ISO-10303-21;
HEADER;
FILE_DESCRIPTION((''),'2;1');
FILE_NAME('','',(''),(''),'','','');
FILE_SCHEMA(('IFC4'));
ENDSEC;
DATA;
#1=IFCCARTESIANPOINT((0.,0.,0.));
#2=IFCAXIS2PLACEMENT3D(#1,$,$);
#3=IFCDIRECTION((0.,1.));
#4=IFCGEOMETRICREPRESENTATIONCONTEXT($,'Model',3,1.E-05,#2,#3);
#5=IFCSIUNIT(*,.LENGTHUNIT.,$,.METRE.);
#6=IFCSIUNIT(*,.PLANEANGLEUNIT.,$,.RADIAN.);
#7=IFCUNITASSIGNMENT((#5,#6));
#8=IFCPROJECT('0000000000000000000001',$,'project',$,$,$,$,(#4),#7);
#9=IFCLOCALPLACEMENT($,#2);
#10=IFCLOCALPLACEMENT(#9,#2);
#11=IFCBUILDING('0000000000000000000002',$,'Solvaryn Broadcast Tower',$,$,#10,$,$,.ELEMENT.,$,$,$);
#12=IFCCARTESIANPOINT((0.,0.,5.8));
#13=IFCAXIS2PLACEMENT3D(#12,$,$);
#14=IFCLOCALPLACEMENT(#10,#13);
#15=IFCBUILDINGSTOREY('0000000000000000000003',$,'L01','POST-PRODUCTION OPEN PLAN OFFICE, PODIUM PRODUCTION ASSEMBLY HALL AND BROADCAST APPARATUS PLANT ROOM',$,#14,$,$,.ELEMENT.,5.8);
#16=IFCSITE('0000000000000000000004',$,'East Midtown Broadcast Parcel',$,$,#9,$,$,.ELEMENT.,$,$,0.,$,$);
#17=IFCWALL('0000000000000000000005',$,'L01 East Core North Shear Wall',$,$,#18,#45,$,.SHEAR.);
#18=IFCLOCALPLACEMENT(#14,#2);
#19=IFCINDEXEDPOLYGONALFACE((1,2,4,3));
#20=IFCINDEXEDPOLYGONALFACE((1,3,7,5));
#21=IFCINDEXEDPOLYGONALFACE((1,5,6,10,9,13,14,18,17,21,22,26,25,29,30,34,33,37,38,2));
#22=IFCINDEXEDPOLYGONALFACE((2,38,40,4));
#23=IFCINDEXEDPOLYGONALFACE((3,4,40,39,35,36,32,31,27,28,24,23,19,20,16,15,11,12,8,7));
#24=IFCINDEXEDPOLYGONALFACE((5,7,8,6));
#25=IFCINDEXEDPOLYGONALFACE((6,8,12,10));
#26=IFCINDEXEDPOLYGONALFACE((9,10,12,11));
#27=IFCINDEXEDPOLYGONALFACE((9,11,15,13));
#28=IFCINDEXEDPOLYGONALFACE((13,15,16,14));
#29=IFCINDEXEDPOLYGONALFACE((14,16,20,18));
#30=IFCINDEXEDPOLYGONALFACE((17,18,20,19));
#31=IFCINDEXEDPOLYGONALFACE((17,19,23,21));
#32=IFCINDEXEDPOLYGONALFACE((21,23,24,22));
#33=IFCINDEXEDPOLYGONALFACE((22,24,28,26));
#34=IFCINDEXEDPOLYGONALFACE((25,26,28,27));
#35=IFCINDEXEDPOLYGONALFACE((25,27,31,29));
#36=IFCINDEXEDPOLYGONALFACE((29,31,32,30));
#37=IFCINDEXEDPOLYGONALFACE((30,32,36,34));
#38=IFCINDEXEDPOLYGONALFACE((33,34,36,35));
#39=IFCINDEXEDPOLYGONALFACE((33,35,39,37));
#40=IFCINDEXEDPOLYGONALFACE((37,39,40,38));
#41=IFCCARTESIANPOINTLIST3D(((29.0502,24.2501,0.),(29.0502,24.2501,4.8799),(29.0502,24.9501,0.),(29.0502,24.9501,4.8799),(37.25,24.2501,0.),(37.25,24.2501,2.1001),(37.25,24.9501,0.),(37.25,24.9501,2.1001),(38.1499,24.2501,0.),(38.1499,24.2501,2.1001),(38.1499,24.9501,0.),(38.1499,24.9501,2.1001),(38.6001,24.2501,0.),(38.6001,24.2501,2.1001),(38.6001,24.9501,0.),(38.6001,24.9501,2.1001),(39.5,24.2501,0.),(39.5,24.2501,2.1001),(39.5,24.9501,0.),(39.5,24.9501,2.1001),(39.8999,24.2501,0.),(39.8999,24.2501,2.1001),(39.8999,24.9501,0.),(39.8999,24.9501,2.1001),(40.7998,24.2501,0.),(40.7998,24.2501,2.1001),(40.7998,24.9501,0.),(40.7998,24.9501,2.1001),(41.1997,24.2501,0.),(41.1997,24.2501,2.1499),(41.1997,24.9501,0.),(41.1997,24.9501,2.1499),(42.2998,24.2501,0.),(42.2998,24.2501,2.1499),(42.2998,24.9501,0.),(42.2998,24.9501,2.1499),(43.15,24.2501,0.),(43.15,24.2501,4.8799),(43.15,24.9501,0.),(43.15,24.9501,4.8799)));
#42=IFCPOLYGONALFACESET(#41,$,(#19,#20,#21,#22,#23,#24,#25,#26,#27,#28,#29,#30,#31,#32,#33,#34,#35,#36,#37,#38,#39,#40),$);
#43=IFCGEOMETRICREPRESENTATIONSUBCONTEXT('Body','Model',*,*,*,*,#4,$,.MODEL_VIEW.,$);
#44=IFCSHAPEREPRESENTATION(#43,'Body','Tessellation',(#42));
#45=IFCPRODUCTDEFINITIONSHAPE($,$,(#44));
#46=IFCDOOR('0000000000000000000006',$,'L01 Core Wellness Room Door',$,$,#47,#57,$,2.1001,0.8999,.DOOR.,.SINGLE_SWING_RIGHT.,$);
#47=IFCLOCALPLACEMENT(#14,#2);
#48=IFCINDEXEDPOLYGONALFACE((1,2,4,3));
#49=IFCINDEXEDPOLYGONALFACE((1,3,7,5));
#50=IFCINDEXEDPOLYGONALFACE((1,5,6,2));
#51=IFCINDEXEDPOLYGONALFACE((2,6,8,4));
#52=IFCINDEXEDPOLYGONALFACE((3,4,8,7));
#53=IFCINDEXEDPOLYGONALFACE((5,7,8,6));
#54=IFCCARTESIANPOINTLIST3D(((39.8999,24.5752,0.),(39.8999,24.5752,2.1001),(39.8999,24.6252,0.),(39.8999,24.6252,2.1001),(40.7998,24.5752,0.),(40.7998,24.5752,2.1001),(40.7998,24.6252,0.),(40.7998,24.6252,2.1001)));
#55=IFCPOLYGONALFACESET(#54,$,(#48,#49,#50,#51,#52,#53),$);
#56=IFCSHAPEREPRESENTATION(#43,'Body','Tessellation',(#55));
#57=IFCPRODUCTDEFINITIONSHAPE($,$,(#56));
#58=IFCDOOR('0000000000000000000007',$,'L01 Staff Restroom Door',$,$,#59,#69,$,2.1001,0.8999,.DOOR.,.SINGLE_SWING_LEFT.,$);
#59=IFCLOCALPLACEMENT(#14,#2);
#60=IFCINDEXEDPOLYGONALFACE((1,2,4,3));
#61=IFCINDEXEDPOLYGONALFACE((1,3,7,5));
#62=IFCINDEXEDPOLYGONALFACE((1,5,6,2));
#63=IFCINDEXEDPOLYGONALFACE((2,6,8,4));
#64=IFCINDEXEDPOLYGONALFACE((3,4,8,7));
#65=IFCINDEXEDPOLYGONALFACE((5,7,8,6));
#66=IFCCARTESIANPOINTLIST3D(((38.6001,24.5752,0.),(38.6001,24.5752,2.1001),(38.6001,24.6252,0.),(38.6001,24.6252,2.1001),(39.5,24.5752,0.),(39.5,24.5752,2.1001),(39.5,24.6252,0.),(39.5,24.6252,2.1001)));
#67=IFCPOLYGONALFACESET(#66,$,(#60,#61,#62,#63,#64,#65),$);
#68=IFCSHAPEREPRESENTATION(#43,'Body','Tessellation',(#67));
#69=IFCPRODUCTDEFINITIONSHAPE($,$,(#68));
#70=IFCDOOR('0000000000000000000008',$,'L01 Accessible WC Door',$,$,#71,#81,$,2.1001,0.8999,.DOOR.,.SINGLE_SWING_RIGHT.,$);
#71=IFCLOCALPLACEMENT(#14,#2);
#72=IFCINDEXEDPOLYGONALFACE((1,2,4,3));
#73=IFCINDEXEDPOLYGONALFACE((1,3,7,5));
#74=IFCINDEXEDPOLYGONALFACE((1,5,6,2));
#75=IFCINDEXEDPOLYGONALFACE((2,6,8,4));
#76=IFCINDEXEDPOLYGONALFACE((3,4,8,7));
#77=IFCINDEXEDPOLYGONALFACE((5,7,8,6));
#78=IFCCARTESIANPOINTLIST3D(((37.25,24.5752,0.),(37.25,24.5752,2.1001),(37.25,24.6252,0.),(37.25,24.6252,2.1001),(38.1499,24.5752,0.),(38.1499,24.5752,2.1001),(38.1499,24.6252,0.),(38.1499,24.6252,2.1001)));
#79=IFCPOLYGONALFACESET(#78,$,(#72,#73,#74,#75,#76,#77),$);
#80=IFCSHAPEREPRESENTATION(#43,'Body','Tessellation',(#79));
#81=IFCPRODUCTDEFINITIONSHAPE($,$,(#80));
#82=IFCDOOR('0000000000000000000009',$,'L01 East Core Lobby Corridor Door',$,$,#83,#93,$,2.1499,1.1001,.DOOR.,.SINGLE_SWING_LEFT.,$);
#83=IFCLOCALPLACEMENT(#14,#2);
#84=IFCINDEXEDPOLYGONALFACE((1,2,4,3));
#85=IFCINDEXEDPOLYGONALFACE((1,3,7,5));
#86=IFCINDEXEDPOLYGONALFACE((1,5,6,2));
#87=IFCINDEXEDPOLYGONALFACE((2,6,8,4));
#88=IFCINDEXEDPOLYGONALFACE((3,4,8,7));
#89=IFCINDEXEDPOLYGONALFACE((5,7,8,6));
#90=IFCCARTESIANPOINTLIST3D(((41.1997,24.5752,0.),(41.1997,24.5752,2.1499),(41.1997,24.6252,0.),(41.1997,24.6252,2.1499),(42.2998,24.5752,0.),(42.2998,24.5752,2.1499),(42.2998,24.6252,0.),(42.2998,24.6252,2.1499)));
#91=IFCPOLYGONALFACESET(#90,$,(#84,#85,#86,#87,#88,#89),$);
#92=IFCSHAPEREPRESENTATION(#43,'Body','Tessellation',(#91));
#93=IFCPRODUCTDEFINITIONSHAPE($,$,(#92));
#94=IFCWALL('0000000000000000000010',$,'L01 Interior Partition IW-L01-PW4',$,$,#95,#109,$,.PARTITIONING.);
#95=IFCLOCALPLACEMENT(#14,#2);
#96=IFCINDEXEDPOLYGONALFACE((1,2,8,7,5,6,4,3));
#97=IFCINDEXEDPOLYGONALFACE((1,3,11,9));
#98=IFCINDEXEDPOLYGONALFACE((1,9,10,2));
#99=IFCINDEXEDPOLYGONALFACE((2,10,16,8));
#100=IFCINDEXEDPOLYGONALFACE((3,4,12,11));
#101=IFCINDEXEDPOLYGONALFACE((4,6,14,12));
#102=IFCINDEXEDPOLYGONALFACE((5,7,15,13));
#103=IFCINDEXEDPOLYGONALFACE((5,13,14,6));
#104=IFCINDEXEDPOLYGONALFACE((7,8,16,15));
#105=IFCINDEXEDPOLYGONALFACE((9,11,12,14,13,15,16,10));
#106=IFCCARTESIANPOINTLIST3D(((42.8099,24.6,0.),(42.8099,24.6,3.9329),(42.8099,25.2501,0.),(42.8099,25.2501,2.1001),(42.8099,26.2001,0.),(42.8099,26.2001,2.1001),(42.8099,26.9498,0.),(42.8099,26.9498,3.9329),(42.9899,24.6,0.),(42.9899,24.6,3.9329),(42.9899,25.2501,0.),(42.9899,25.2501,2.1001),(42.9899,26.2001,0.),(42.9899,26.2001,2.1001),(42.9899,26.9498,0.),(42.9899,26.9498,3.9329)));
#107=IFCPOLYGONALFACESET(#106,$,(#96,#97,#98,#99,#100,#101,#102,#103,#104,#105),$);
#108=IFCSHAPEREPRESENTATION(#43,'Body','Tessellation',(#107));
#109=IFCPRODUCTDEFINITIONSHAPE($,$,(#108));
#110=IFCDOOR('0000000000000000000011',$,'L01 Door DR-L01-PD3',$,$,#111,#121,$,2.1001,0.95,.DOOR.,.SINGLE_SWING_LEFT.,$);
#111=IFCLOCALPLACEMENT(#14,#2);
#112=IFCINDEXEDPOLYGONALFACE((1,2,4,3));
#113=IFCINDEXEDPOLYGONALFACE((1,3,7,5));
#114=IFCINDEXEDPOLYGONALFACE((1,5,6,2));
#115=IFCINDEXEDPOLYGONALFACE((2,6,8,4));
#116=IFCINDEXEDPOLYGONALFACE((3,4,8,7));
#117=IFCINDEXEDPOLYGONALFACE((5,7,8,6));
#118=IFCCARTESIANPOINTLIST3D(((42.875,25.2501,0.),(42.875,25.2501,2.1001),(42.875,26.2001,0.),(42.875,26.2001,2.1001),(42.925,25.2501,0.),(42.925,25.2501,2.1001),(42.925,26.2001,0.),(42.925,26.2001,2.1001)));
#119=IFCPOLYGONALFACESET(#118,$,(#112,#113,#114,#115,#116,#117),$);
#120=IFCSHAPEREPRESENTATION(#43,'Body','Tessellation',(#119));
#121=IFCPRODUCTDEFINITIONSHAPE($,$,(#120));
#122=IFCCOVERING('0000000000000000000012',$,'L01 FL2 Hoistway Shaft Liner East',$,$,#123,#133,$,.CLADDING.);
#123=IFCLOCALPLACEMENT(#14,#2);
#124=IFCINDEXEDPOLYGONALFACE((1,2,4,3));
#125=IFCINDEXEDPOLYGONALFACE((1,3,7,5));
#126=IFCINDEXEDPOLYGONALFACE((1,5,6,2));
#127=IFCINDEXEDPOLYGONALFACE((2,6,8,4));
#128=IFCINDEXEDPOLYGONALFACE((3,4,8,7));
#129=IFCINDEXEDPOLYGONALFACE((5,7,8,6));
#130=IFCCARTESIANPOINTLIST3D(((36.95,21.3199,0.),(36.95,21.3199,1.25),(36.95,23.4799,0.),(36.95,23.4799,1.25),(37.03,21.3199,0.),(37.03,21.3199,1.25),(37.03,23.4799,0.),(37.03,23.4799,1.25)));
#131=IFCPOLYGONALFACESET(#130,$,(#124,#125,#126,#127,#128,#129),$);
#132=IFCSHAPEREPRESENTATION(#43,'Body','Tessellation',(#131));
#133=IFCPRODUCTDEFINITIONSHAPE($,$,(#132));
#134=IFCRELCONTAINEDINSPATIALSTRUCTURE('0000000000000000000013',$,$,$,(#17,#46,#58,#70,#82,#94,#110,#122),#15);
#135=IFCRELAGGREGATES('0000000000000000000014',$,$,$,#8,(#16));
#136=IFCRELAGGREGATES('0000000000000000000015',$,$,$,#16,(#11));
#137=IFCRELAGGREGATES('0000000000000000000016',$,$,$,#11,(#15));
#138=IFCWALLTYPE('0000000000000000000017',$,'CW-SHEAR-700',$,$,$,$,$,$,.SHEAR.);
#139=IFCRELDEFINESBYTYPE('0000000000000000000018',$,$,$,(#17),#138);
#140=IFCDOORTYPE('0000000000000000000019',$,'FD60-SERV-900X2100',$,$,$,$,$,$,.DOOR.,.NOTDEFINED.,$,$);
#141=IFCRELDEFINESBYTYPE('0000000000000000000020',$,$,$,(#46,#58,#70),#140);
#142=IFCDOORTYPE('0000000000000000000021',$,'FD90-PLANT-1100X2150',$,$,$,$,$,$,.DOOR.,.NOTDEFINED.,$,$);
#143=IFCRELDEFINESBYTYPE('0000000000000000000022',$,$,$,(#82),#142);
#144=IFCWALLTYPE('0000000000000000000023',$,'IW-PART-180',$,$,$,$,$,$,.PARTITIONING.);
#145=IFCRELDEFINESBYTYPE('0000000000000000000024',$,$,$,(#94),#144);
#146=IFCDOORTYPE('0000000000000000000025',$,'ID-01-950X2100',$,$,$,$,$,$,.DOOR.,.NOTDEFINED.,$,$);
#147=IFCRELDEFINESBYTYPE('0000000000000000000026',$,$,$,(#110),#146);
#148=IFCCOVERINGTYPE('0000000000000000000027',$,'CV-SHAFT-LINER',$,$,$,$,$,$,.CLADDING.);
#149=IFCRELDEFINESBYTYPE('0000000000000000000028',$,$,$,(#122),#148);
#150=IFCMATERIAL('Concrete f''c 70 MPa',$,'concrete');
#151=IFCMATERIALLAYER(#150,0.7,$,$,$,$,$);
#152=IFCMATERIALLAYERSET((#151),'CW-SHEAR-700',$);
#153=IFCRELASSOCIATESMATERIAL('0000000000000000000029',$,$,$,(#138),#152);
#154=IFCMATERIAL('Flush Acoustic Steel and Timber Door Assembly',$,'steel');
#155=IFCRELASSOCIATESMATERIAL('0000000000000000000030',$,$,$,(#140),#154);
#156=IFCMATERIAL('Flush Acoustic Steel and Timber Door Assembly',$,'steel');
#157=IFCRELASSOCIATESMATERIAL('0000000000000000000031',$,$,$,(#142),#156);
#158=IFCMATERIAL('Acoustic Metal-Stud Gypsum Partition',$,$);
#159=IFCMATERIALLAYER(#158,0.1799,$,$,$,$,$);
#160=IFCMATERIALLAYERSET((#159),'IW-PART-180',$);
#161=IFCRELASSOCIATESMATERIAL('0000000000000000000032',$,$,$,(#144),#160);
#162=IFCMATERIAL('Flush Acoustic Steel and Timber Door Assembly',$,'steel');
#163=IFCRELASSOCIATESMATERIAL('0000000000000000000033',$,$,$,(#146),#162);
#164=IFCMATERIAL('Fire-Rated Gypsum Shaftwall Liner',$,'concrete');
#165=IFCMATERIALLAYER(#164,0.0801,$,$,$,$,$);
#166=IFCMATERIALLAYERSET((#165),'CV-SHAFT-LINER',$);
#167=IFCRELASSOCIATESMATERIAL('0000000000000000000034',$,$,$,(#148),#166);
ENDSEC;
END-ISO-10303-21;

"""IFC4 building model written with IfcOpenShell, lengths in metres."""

from ifc_helpers import new_model, si_unit, direction, frame, frame_2d, origin, origin_2d, place, context, subcontext, project, spatial, rectangle, extrude, material, layer, layer_set, type_object, element, fill, save


model = new_model("IFC4")

# Units and contexts
model_context = context("Model", 3, precision=1e-05, world=origin(), true_north=direction((0.0, 1.0)))
body_context = subcontext(model_context, "Body", "Model", "MODEL_VIEW")
ifc_project = project(units=[si_unit("LENGTHUNIT", "METRE"), si_unit("PLANEANGLEUNIT", "RADIAN")], contexts=[model_context])

# Site, building, storey
site_placement = place(None, origin())
site = spatial("IfcSite", under=ifc_project, at=site_placement, Name="East Midtown Broadcast Parcel", CompositionType="ELEMENT", RefElevation=0.0)
building_placement = place(site_placement, origin())
building = spatial("IfcBuilding", under=site, at=building_placement, Name="Solvaryn Broadcast Tower", CompositionType="ELEMENT")
storey_placement = place(building_placement, frame((0.0, 0.0, 5.8)))
storey = spatial("IfcBuildingStorey", under=building, at=storey_placement, Name="L01", Description="POST-PRODUCTION OPEN PLAN OFFICE, PODIUM PRODUCTION ASSEMBLY HALL AND BROADCAST APPARATUS PLANT ROOM", CompositionType="ELEMENT", Elevation=5.8)

# Wall, openings, doors
ifc_material_1 = material(Name="Concrete f'c 70 MPa", Category="concrete")
ifc_layer_1 = layer(ifc_material_1, 0.7)
ifc_layer_set_1 = layer_set([ifc_layer_1], Name="CW-SHEAR-700")
wall_type_1 = type_object("IfcWallType", Name="CW-SHEAR-700", PredefinedType="SHEAR", material=ifc_layer_set_1)
wall_1_placement = place(storey_placement, frame((43.1499, 24.6001, 0.0), z_axis=(0.0, 0.0, 1.0), x_axis=(-1.0, 0.0, 0.0)))
wall_1 = element("IfcWall", 1, at=wall_1_placement, inside=storey, type_object=wall_type_1, Name="L01 East Core North Shear Wall", PredefinedType="SHEAR", context=body_context, shape_type="SweptSolid", body=[
    extrude(rectangle(XDim=14.0999, YDim=0.7, at=frame_2d((7.0498, 0.0))), origin(), (0.0, 0.0, 1.0), 4.8799),
])
opening_1_placement = place(wall_1_placement, frame((0.8501, 0.0, 0.0)))
opening_1 = element("IfcOpeningElement", 2, at=opening_1_placement, cuts=wall_1, PredefinedType="OPENING", context=body_context, shape_type="SweptSolid", body=[
    extrude(rectangle(XDim=1.1001, YDim=2.1499, at=frame_2d((0.55, 1.075))), frame((0.0, 0.3601, 0.0), z_axis=(0.0, -1.0, 0.0), x_axis=(1.0, 0.0, 0.0)), (0.0, 0.0, 1.0), 0.72),
])
opening_2_placement = place(wall_1_placement, frame((2.3501, 0.0, 0.0)))
opening_2 = element("IfcOpeningElement", 3, at=opening_2_placement, cuts=wall_1, PredefinedType="OPENING", context=body_context, shape_type="SweptSolid", body=[
    extrude(rectangle(XDim=0.8999, YDim=2.1001, at=frame_2d((0.45, 1.05))), frame((0.0, 0.3601, 0.0), z_axis=(0.0, -1.0, 0.0), x_axis=(1.0, 0.0, 0.0)), (0.0, 0.0, 1.0), 0.72),
])
opening_3_placement = place(wall_1_placement, frame((3.6499, 0.0, 0.0)))
opening_3 = element("IfcOpeningElement", 4, at=opening_3_placement, cuts=wall_1, PredefinedType="OPENING", context=body_context, shape_type="SweptSolid", body=[
    extrude(rectangle(XDim=0.8999, YDim=2.1001, at=frame_2d((0.45, 1.05))), frame((0.0, 0.3601, 0.0), z_axis=(0.0, -1.0, 0.0), x_axis=(1.0, 0.0, 0.0)), (0.0, 0.0, 1.0), 0.72),
])
opening_4_placement = place(wall_1_placement, frame((5.0, 0.0, 0.0)))
opening_4 = element("IfcOpeningElement", 5, at=opening_4_placement, cuts=wall_1, PredefinedType="OPENING", context=body_context, shape_type="SweptSolid", body=[
    extrude(rectangle(XDim=0.8999, YDim=2.1001, at=frame_2d((0.45, 1.05))), frame((0.0, 0.3601, 0.0), z_axis=(0.0, -1.0, 0.0), x_axis=(1.0, 0.0, 0.0)), (0.0, 0.0, 1.0), 0.72),
])
ifc_material_2 = material(Name="Flush Acoustic Steel and Timber Door Assembly", Category="steel")
door_type_1 = type_object("IfcDoorType", Name="FD60-SERV-900X2100", OperationType="NOTDEFINED", PredefinedType="DOOR", material=ifc_material_2)
door_1_placement = place(opening_2_placement, origin())
door_1 = element("IfcDoor", 6, at=door_1_placement, inside=storey, type_object=door_type_1, Name="L01 Core Wellness Room Door", OperationType="SINGLE_SWING_RIGHT", OverallHeight=2.1001, OverallWidth=0.8999, PredefinedType="DOOR", context=body_context, shape_type="SweptSolid", body=[
    extrude(rectangle(XDim=0.8999, YDim=2.1001, at=frame_2d((0.45, 1.05))), frame((0.0, 0.0249, 0.0), z_axis=(0.0, -1.0, 0.0), x_axis=(1.0, 0.0, 0.0)), (0.0, 0.0, 1.0), 0.05),
])
fill(opening_2, door_1)
door_2_placement = place(opening_3_placement, origin())
door_2 = element("IfcDoor", 7, at=door_2_placement, inside=storey, type_object=door_type_1, Name="L01 Staff Restroom Door", OperationType="SINGLE_SWING_LEFT", OverallHeight=2.1001, OverallWidth=0.8999, PredefinedType="DOOR", context=body_context, shape_type="SweptSolid", body=[
    extrude(rectangle(XDim=0.8999, YDim=2.1001, at=frame_2d((0.45, 1.05))), frame((0.0, 0.0249, 0.0), z_axis=(0.0, -1.0, 0.0), x_axis=(1.0, 0.0, 0.0)), (0.0, 0.0, 1.0), 0.05),
])
fill(opening_3, door_2)
door_3_placement = place(opening_4_placement, origin())
door_3 = element("IfcDoor", 8, at=door_3_placement, inside=storey, type_object=door_type_1, Name="L01 Accessible WC Door", OperationType="SINGLE_SWING_RIGHT", OverallHeight=2.1001, OverallWidth=0.8999, PredefinedType="DOOR", context=body_context, shape_type="SweptSolid", body=[
    extrude(rectangle(XDim=0.8999, YDim=2.1001, at=frame_2d((0.45, 1.05))), frame((0.0, 0.0249, 0.0), z_axis=(0.0, -1.0, 0.0), x_axis=(1.0, 0.0, 0.0)), (0.0, 0.0, 1.0), 0.05),
])
fill(opening_4, door_3)
ifc_material_3 = material(Name="Flush Acoustic Steel and Timber Door Assembly", Category="steel")
door_type_2 = type_object("IfcDoorType", Name="FD90-PLANT-1100X2150", OperationType="NOTDEFINED", PredefinedType="DOOR", material=ifc_material_3)
door_4_placement = place(opening_1_placement, origin())
door_4 = element("IfcDoor", 9, at=door_4_placement, inside=storey, type_object=door_type_2, Name="L01 East Core Lobby Corridor Door", OperationType="SINGLE_SWING_LEFT", OverallHeight=2.1499, OverallWidth=1.1001, PredefinedType="DOOR", context=body_context, shape_type="SweptSolid", body=[
    extrude(rectangle(XDim=1.1001, YDim=2.1499, at=frame_2d((0.55, 1.075))), frame((0.0, 0.0249, 0.0), z_axis=(0.0, -1.0, 0.0), x_axis=(1.0, 0.0, 0.0)), (0.0, 0.0, 1.0), 0.05),
])
fill(opening_1, door_4)

# Wall, opening, door
ifc_material_4 = material(Name="Acoustic Metal-Stud Gypsum Partition")
ifc_layer_2 = layer(ifc_material_4, 0.1799)
ifc_layer_set_2 = layer_set([ifc_layer_2], Name="IW-PART-180")
wall_type_2 = type_object("IfcWallType", Name="IW-PART-180", PredefinedType="PARTITIONING", material=ifc_layer_set_2)
wall_2_placement = place(storey_placement, frame((42.8999, 24.6001, 0.0), z_axis=(0.0, 0.0, 1.0), x_axis=(0.0, 1.0, 0.0)))
wall_2 = element("IfcWall", 10, at=wall_2_placement, inside=storey, type_object=wall_type_2, Name="L01 Interior Partition IW-L01-PW4", PredefinedType="PARTITIONING", context=body_context, shape_type="SweptSolid", body=[
    extrude(rectangle(XDim=2.3499, YDim=0.1799, at=frame_2d((1.1748, 0.0))), origin(), (0.0, 0.0, 1.0), 3.9329),
])
opening_5_placement = place(wall_2_placement, frame((0.6499, 0.0, 0.0)))
opening_5 = element("IfcOpeningElement", 11, at=opening_5_placement, cuts=wall_2, PredefinedType="OPENING", context=body_context, shape_type="SweptSolid", body=[
    extrude(rectangle(XDim=0.95, YDim=2.1001, at=frame_2d((0.4751, 1.05))), frame((0.0, 0.0999, 0.0), z_axis=(0.0, -1.0, 0.0), x_axis=(1.0, 0.0, 0.0)), (0.0, 0.0, 1.0), 0.2),
])
ifc_material_5 = material(Name="Flush Acoustic Steel and Timber Door Assembly", Category="steel")
door_type_3 = type_object("IfcDoorType", Name="ID-01-950X2100", OperationType="NOTDEFINED", PredefinedType="DOOR", material=ifc_material_5)
door_5_placement = place(opening_5_placement, origin())
door_5 = element("IfcDoor", 12, at=door_5_placement, inside=storey, type_object=door_type_3, Name="L01 Door DR-L01-PD3", OperationType="SINGLE_SWING_LEFT", OverallHeight=2.1001, OverallWidth=0.95, PredefinedType="DOOR", context=body_context, shape_type="SweptSolid", body=[
    extrude(rectangle(XDim=0.95, YDim=2.1001, at=frame_2d((0.4751, 1.05))), frame((0.0, 0.0249, 0.0), z_axis=(0.0, -1.0, 0.0), x_axis=(1.0, 0.0, 0.0)), (0.0, 0.0, 1.0), 0.05),
])
fill(opening_5, door_5)

# Covering
ifc_material_6 = material(Name="Fire-Rated Gypsum Shaftwall Liner", Category="concrete")
ifc_layer_3 = layer(ifc_material_6, 0.0801)
ifc_layer_set_3 = layer_set([ifc_layer_3], Name="CV-SHAFT-LINER")
covering_type = type_object("IfcCoveringType", Name="CV-SHAFT-LINER", PredefinedType="CLADDING", material=ifc_layer_set_3)
covering_placement = place(storey_placement, frame((36.99, 22.3999, 0.0), z_axis=(0.0, 0.0, 1.0), x_axis=(1.0, 0.0, 0.0)))
element("IfcCovering", 13, at=covering_placement, inside=storey, type_object=covering_type, Name="L01 FL2 Hoistway Shaft Liner East", PredefinedType="CLADDING", context=body_context, shape_type="SweptSolid", body=[
    extrude(rectangle(XDim=0.0801, YDim=2.1599, at=origin_2d()), origin(), (0.0, 0.0, 1.0), 1.25),
])

save(model, "model.ifc")
